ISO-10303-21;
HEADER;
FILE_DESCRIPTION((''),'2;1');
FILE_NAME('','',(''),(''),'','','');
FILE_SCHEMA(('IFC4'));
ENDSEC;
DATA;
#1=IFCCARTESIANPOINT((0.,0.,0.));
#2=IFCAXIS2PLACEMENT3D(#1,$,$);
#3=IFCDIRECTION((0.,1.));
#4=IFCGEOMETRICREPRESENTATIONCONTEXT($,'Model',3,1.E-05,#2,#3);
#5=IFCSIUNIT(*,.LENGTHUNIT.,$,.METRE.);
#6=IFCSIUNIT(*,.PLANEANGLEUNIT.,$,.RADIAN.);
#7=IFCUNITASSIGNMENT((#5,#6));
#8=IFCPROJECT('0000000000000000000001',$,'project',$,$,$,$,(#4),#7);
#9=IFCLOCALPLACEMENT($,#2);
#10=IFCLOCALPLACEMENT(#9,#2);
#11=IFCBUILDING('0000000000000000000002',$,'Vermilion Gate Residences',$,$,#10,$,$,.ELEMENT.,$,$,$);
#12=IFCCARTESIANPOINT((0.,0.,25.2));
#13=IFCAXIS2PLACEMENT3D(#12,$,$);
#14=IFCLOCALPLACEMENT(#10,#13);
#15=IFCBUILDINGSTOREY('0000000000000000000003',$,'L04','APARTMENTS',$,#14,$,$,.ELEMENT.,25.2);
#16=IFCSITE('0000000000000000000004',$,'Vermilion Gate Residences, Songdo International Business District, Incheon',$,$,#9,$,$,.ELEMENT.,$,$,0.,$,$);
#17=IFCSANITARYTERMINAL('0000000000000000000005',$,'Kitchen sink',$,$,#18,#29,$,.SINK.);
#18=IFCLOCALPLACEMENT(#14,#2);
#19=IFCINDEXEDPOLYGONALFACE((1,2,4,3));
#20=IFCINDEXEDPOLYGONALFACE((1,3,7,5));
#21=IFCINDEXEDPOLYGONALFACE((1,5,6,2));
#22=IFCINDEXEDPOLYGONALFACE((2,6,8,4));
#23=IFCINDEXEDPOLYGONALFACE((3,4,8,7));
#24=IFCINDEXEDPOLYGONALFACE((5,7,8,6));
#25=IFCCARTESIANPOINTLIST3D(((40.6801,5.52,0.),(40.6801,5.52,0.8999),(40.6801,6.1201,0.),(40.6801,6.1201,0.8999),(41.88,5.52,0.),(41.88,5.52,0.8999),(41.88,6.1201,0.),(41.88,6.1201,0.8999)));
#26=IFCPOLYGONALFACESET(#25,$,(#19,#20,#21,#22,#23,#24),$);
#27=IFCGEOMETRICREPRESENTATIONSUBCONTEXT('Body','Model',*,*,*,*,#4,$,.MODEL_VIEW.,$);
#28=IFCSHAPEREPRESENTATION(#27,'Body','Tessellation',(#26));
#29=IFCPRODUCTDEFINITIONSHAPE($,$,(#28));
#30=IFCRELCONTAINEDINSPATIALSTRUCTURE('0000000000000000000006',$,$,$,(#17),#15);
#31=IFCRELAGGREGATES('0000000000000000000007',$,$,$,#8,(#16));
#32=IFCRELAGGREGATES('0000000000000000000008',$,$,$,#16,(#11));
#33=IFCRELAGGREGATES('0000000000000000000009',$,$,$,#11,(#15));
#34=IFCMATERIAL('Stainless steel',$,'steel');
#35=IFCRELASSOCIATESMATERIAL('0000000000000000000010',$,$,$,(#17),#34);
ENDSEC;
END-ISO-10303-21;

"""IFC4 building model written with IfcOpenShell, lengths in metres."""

from ifc_helpers import new_model, si_unit, direction, frame, origin, origin_2d, place, context, subcontext, project, spatial, rectangle, extrude, material, element, save


model = new_model("IFC4")

# Units and contexts
model_context = context("Model", 3, precision=1e-05, world=origin(), true_north=direction((0.0, 1.0)))
body_context = subcontext(model_context, "Body", "Model", "MODEL_VIEW")
ifc_project = project(units=[si_unit("LENGTHUNIT", "METRE"), si_unit("PLANEANGLEUNIT", "RADIAN")], contexts=[model_context])

# Site, building, storey
site_placement = place(None, origin())
site = spatial("IfcSite", under=ifc_project, at=site_placement, Name="Vermilion Gate Residences, Songdo International Business District, Incheon", CompositionType="ELEMENT", RefElevation=0.0)
building_placement = place(site_placement, origin())
building = spatial("IfcBuilding", under=site, at=building_placement, Name="Vermilion Gate Residences", CompositionType="ELEMENT")
storey_placement = place(building_placement, frame((0.0, 0.0, 25.2)))
storey = spatial("IfcBuildingStorey", under=building, at=storey_placement, Name="L04", Description="APARTMENTS", CompositionType="ELEMENT", Elevation=25.2)

# Sanitary terminal
ifc_material_1 = material(Name="Stainless steel", Category="steel")
sanitary_terminal_placement = place(storey_placement, frame((41.28, 5.8201, 0.0), z_axis=(0.0, 0.0, 1.0), x_axis=(1.0, 0.0, 0.0)))
element("IfcSanitaryTerminal", 1, at=sanitary_terminal_placement, inside=storey, material=ifc_material_1, Name="Kitchen sink", PredefinedType="SINK", context=body_context, shape_type="SweptSolid", body=[
    extrude(rectangle(XDim=1.2, YDim=0.6001, at=origin_2d()), origin(), (0.0, 0.0, 1.0), 0.8999),
])

save(model, "model.ifc")
